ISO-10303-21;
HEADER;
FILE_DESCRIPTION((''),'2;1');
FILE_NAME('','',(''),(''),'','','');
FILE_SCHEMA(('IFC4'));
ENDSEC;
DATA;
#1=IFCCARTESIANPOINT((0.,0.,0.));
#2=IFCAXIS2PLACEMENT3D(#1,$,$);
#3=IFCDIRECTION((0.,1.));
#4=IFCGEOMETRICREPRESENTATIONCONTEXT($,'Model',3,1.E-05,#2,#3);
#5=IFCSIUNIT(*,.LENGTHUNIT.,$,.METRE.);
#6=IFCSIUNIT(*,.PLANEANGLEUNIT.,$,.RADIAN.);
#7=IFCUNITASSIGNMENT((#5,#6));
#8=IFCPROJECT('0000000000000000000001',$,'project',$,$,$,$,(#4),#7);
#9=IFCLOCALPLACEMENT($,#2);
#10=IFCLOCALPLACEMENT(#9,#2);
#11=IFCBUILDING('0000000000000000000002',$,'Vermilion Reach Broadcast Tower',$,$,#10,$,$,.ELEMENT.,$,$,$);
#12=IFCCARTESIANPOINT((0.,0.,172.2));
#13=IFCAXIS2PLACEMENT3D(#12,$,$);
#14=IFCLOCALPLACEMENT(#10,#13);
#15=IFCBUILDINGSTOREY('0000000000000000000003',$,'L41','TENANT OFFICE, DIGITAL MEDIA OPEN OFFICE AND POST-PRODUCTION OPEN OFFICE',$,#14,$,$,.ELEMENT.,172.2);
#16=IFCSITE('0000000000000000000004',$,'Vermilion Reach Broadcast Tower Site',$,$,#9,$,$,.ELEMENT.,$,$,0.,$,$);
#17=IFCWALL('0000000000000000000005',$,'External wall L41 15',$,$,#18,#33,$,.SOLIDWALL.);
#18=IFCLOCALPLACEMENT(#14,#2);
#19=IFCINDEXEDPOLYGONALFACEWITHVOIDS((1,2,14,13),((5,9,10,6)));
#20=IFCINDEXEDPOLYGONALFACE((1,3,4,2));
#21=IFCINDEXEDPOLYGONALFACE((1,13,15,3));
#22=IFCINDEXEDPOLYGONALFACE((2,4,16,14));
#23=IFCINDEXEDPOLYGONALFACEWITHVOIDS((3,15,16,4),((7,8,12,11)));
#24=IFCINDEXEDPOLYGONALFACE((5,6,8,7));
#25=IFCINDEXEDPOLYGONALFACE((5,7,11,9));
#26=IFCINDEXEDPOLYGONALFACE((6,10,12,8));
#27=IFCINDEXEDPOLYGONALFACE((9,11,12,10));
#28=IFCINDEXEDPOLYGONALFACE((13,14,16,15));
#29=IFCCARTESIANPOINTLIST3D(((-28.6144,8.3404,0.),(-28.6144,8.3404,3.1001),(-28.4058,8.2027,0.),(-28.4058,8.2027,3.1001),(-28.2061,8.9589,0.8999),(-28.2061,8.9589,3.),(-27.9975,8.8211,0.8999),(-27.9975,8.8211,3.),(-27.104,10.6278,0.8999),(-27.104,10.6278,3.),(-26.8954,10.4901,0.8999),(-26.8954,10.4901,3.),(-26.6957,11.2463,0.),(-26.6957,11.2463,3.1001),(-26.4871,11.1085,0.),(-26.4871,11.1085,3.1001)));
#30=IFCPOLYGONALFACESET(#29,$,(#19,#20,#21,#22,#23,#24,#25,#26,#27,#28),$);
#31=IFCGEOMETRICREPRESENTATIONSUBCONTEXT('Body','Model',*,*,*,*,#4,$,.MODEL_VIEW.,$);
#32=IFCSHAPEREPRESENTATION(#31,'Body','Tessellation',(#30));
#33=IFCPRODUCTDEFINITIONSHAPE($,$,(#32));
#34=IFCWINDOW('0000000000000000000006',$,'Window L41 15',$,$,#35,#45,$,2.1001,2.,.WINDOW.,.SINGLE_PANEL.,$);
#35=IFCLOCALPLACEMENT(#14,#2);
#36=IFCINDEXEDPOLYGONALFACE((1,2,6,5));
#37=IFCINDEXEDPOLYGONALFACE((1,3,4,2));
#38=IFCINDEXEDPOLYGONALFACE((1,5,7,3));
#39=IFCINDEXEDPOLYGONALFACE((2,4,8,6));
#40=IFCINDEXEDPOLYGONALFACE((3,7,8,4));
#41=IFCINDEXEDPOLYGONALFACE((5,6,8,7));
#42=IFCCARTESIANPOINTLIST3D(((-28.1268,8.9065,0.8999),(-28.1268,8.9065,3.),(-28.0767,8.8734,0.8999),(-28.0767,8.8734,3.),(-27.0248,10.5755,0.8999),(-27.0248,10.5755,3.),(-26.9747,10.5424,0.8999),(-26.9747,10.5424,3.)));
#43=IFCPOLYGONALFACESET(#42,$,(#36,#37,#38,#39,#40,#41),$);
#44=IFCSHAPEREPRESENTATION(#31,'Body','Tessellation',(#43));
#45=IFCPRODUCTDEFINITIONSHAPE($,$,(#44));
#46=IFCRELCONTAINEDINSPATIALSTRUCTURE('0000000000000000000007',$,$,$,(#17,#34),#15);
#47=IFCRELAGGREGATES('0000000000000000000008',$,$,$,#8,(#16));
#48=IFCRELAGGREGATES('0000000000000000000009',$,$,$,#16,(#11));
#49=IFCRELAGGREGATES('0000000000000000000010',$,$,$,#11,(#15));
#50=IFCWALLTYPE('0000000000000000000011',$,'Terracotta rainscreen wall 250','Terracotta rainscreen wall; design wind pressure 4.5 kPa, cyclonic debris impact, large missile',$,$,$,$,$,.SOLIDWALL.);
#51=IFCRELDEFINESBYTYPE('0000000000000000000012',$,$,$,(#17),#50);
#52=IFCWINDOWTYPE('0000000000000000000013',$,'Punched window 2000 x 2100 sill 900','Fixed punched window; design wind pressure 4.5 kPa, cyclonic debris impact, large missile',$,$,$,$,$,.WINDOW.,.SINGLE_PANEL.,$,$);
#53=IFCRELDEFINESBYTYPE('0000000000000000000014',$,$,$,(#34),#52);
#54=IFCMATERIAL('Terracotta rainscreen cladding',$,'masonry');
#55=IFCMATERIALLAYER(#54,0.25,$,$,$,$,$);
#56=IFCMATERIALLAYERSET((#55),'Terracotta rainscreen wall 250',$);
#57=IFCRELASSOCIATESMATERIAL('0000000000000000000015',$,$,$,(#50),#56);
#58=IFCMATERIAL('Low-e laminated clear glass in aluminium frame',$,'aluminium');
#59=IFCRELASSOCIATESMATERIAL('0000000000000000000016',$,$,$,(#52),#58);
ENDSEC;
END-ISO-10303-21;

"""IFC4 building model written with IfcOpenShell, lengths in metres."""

from ifc_helpers import new_model, si_unit, direction, frame, frame_2d, origin, place, context, subcontext, project, spatial, rectangle, extrude, material, layer, layer_set, type_object, element, fill, save


model = new_model("IFC4")

# Units and contexts
model_context = context("Model", 3, precision=1e-05, world=origin(), true_north=direction((0.0, 1.0)))
body_context = subcontext(model_context, "Body", "Model", "MODEL_VIEW")
ifc_project = project(units=[si_unit("LENGTHUNIT", "METRE"), si_unit("PLANEANGLEUNIT", "RADIAN")], contexts=[model_context])

# Site, building, storey
site_placement = place(None, origin())
site = spatial("IfcSite", under=ifc_project, at=site_placement, Name="Vermilion Reach Broadcast Tower Site", CompositionType="ELEMENT", RefElevation=0.0)
building_placement = place(site_placement, origin())
building = spatial("IfcBuilding", under=site, at=building_placement, Name="Vermilion Reach Broadcast Tower", CompositionType="ELEMENT")
storey_placement = place(building_placement, frame((0.0, 0.0, 172.2)))
storey = spatial("IfcBuildingStorey", under=building, at=storey_placement, Name="L41", Description="TENANT OFFICE, DIGITAL MEDIA OPEN OFFICE AND POST-PRODUCTION OPEN OFFICE", CompositionType="ELEMENT", Elevation=172.2)

# Shared definitions
ifc_material_1 = material(Name="Terracotta rainscreen cladding", Category="masonry")
ifc_layer_1 = layer(ifc_material_1, 0.25)
ifc_layer_set_1 = layer_set([ifc_layer_1], Name="Terracotta rainscreen wall 250")
wall_type_1 = type_object("IfcWallType", Name="Terracotta rainscreen wall 250", Description="Terracotta rainscreen wall; design wind pressure 4.5 kPa, cyclonic debris impact, large missile", PredefinedType="SOLIDWALL", material=ifc_layer_set_1)

# Wall, opening, window
wall_1_placement = place(storey_placement, frame((-26.5913, 11.1775, 0.0), z_axis=(0.0, 0.0, 1.0), x_axis=(-0.551022, -0.834491, 0.0)))
wall_1 = element("IfcWall", 1, at=wall_1_placement, inside=storey, type_object=wall_type_1, Name="External wall L41 15", PredefinedType="SOLIDWALL", context=body_context, shape_type="SweptSolid", body=[
    extrude(rectangle(XDim=3.4822, YDim=0.25, at=frame_2d((1.7412, 0.0))), origin(), (0.0, 0.0, 1.0), 3.1001),
])
opening_placement = place(wall_1_placement, frame((0.7412, 0.0, 0.8999)))
opening = element("IfcOpeningElement", 2, at=opening_placement, cuts=wall_1, PredefinedType="OPENING", context=body_context, shape_type="SweptSolid", body=[
    extrude(rectangle(XDim=2.0, YDim=2.1001, at=frame_2d((1.0, 1.05))), frame((0.0, 0.135, 0.0), z_axis=(0.0, -1.0, 0.0), x_axis=(1.0, 0.0, 0.0)), (0.0, 0.0, 1.0), 0.27),
])
ifc_material_2 = material(Name="Low-e laminated clear glass in aluminium frame", Category="aluminium")
window_type = type_object("IfcWindowType", Name="Punched window 2000 x 2100 sill 900", Description="Fixed punched window; design wind pressure 4.5 kPa, cyclonic debris impact, large missile", PartitioningType="SINGLE_PANEL", PredefinedType="WINDOW", material=ifc_material_2)
window_placement = place(opening_placement, origin())
window = element("IfcWindow", 3, at=window_placement, inside=storey, type_object=window_type, Name="Window L41 15", OverallHeight=2.1001, OverallWidth=2.0, PartitioningType="SINGLE_PANEL", PredefinedType="WINDOW", context=body_context, shape_type="SweptSolid", body=[
    extrude(rectangle(XDim=2.0, YDim=2.1001, at=frame_2d((1.0, 1.05))), frame((0.0, 0.03, 0.0), z_axis=(0.0, -1.0, 0.0), x_axis=(1.0, 0.0, 0.0)), (0.0, 0.0, 1.0), 0.0601),
])
fill(opening, window)

save(model, "model.ifc")
